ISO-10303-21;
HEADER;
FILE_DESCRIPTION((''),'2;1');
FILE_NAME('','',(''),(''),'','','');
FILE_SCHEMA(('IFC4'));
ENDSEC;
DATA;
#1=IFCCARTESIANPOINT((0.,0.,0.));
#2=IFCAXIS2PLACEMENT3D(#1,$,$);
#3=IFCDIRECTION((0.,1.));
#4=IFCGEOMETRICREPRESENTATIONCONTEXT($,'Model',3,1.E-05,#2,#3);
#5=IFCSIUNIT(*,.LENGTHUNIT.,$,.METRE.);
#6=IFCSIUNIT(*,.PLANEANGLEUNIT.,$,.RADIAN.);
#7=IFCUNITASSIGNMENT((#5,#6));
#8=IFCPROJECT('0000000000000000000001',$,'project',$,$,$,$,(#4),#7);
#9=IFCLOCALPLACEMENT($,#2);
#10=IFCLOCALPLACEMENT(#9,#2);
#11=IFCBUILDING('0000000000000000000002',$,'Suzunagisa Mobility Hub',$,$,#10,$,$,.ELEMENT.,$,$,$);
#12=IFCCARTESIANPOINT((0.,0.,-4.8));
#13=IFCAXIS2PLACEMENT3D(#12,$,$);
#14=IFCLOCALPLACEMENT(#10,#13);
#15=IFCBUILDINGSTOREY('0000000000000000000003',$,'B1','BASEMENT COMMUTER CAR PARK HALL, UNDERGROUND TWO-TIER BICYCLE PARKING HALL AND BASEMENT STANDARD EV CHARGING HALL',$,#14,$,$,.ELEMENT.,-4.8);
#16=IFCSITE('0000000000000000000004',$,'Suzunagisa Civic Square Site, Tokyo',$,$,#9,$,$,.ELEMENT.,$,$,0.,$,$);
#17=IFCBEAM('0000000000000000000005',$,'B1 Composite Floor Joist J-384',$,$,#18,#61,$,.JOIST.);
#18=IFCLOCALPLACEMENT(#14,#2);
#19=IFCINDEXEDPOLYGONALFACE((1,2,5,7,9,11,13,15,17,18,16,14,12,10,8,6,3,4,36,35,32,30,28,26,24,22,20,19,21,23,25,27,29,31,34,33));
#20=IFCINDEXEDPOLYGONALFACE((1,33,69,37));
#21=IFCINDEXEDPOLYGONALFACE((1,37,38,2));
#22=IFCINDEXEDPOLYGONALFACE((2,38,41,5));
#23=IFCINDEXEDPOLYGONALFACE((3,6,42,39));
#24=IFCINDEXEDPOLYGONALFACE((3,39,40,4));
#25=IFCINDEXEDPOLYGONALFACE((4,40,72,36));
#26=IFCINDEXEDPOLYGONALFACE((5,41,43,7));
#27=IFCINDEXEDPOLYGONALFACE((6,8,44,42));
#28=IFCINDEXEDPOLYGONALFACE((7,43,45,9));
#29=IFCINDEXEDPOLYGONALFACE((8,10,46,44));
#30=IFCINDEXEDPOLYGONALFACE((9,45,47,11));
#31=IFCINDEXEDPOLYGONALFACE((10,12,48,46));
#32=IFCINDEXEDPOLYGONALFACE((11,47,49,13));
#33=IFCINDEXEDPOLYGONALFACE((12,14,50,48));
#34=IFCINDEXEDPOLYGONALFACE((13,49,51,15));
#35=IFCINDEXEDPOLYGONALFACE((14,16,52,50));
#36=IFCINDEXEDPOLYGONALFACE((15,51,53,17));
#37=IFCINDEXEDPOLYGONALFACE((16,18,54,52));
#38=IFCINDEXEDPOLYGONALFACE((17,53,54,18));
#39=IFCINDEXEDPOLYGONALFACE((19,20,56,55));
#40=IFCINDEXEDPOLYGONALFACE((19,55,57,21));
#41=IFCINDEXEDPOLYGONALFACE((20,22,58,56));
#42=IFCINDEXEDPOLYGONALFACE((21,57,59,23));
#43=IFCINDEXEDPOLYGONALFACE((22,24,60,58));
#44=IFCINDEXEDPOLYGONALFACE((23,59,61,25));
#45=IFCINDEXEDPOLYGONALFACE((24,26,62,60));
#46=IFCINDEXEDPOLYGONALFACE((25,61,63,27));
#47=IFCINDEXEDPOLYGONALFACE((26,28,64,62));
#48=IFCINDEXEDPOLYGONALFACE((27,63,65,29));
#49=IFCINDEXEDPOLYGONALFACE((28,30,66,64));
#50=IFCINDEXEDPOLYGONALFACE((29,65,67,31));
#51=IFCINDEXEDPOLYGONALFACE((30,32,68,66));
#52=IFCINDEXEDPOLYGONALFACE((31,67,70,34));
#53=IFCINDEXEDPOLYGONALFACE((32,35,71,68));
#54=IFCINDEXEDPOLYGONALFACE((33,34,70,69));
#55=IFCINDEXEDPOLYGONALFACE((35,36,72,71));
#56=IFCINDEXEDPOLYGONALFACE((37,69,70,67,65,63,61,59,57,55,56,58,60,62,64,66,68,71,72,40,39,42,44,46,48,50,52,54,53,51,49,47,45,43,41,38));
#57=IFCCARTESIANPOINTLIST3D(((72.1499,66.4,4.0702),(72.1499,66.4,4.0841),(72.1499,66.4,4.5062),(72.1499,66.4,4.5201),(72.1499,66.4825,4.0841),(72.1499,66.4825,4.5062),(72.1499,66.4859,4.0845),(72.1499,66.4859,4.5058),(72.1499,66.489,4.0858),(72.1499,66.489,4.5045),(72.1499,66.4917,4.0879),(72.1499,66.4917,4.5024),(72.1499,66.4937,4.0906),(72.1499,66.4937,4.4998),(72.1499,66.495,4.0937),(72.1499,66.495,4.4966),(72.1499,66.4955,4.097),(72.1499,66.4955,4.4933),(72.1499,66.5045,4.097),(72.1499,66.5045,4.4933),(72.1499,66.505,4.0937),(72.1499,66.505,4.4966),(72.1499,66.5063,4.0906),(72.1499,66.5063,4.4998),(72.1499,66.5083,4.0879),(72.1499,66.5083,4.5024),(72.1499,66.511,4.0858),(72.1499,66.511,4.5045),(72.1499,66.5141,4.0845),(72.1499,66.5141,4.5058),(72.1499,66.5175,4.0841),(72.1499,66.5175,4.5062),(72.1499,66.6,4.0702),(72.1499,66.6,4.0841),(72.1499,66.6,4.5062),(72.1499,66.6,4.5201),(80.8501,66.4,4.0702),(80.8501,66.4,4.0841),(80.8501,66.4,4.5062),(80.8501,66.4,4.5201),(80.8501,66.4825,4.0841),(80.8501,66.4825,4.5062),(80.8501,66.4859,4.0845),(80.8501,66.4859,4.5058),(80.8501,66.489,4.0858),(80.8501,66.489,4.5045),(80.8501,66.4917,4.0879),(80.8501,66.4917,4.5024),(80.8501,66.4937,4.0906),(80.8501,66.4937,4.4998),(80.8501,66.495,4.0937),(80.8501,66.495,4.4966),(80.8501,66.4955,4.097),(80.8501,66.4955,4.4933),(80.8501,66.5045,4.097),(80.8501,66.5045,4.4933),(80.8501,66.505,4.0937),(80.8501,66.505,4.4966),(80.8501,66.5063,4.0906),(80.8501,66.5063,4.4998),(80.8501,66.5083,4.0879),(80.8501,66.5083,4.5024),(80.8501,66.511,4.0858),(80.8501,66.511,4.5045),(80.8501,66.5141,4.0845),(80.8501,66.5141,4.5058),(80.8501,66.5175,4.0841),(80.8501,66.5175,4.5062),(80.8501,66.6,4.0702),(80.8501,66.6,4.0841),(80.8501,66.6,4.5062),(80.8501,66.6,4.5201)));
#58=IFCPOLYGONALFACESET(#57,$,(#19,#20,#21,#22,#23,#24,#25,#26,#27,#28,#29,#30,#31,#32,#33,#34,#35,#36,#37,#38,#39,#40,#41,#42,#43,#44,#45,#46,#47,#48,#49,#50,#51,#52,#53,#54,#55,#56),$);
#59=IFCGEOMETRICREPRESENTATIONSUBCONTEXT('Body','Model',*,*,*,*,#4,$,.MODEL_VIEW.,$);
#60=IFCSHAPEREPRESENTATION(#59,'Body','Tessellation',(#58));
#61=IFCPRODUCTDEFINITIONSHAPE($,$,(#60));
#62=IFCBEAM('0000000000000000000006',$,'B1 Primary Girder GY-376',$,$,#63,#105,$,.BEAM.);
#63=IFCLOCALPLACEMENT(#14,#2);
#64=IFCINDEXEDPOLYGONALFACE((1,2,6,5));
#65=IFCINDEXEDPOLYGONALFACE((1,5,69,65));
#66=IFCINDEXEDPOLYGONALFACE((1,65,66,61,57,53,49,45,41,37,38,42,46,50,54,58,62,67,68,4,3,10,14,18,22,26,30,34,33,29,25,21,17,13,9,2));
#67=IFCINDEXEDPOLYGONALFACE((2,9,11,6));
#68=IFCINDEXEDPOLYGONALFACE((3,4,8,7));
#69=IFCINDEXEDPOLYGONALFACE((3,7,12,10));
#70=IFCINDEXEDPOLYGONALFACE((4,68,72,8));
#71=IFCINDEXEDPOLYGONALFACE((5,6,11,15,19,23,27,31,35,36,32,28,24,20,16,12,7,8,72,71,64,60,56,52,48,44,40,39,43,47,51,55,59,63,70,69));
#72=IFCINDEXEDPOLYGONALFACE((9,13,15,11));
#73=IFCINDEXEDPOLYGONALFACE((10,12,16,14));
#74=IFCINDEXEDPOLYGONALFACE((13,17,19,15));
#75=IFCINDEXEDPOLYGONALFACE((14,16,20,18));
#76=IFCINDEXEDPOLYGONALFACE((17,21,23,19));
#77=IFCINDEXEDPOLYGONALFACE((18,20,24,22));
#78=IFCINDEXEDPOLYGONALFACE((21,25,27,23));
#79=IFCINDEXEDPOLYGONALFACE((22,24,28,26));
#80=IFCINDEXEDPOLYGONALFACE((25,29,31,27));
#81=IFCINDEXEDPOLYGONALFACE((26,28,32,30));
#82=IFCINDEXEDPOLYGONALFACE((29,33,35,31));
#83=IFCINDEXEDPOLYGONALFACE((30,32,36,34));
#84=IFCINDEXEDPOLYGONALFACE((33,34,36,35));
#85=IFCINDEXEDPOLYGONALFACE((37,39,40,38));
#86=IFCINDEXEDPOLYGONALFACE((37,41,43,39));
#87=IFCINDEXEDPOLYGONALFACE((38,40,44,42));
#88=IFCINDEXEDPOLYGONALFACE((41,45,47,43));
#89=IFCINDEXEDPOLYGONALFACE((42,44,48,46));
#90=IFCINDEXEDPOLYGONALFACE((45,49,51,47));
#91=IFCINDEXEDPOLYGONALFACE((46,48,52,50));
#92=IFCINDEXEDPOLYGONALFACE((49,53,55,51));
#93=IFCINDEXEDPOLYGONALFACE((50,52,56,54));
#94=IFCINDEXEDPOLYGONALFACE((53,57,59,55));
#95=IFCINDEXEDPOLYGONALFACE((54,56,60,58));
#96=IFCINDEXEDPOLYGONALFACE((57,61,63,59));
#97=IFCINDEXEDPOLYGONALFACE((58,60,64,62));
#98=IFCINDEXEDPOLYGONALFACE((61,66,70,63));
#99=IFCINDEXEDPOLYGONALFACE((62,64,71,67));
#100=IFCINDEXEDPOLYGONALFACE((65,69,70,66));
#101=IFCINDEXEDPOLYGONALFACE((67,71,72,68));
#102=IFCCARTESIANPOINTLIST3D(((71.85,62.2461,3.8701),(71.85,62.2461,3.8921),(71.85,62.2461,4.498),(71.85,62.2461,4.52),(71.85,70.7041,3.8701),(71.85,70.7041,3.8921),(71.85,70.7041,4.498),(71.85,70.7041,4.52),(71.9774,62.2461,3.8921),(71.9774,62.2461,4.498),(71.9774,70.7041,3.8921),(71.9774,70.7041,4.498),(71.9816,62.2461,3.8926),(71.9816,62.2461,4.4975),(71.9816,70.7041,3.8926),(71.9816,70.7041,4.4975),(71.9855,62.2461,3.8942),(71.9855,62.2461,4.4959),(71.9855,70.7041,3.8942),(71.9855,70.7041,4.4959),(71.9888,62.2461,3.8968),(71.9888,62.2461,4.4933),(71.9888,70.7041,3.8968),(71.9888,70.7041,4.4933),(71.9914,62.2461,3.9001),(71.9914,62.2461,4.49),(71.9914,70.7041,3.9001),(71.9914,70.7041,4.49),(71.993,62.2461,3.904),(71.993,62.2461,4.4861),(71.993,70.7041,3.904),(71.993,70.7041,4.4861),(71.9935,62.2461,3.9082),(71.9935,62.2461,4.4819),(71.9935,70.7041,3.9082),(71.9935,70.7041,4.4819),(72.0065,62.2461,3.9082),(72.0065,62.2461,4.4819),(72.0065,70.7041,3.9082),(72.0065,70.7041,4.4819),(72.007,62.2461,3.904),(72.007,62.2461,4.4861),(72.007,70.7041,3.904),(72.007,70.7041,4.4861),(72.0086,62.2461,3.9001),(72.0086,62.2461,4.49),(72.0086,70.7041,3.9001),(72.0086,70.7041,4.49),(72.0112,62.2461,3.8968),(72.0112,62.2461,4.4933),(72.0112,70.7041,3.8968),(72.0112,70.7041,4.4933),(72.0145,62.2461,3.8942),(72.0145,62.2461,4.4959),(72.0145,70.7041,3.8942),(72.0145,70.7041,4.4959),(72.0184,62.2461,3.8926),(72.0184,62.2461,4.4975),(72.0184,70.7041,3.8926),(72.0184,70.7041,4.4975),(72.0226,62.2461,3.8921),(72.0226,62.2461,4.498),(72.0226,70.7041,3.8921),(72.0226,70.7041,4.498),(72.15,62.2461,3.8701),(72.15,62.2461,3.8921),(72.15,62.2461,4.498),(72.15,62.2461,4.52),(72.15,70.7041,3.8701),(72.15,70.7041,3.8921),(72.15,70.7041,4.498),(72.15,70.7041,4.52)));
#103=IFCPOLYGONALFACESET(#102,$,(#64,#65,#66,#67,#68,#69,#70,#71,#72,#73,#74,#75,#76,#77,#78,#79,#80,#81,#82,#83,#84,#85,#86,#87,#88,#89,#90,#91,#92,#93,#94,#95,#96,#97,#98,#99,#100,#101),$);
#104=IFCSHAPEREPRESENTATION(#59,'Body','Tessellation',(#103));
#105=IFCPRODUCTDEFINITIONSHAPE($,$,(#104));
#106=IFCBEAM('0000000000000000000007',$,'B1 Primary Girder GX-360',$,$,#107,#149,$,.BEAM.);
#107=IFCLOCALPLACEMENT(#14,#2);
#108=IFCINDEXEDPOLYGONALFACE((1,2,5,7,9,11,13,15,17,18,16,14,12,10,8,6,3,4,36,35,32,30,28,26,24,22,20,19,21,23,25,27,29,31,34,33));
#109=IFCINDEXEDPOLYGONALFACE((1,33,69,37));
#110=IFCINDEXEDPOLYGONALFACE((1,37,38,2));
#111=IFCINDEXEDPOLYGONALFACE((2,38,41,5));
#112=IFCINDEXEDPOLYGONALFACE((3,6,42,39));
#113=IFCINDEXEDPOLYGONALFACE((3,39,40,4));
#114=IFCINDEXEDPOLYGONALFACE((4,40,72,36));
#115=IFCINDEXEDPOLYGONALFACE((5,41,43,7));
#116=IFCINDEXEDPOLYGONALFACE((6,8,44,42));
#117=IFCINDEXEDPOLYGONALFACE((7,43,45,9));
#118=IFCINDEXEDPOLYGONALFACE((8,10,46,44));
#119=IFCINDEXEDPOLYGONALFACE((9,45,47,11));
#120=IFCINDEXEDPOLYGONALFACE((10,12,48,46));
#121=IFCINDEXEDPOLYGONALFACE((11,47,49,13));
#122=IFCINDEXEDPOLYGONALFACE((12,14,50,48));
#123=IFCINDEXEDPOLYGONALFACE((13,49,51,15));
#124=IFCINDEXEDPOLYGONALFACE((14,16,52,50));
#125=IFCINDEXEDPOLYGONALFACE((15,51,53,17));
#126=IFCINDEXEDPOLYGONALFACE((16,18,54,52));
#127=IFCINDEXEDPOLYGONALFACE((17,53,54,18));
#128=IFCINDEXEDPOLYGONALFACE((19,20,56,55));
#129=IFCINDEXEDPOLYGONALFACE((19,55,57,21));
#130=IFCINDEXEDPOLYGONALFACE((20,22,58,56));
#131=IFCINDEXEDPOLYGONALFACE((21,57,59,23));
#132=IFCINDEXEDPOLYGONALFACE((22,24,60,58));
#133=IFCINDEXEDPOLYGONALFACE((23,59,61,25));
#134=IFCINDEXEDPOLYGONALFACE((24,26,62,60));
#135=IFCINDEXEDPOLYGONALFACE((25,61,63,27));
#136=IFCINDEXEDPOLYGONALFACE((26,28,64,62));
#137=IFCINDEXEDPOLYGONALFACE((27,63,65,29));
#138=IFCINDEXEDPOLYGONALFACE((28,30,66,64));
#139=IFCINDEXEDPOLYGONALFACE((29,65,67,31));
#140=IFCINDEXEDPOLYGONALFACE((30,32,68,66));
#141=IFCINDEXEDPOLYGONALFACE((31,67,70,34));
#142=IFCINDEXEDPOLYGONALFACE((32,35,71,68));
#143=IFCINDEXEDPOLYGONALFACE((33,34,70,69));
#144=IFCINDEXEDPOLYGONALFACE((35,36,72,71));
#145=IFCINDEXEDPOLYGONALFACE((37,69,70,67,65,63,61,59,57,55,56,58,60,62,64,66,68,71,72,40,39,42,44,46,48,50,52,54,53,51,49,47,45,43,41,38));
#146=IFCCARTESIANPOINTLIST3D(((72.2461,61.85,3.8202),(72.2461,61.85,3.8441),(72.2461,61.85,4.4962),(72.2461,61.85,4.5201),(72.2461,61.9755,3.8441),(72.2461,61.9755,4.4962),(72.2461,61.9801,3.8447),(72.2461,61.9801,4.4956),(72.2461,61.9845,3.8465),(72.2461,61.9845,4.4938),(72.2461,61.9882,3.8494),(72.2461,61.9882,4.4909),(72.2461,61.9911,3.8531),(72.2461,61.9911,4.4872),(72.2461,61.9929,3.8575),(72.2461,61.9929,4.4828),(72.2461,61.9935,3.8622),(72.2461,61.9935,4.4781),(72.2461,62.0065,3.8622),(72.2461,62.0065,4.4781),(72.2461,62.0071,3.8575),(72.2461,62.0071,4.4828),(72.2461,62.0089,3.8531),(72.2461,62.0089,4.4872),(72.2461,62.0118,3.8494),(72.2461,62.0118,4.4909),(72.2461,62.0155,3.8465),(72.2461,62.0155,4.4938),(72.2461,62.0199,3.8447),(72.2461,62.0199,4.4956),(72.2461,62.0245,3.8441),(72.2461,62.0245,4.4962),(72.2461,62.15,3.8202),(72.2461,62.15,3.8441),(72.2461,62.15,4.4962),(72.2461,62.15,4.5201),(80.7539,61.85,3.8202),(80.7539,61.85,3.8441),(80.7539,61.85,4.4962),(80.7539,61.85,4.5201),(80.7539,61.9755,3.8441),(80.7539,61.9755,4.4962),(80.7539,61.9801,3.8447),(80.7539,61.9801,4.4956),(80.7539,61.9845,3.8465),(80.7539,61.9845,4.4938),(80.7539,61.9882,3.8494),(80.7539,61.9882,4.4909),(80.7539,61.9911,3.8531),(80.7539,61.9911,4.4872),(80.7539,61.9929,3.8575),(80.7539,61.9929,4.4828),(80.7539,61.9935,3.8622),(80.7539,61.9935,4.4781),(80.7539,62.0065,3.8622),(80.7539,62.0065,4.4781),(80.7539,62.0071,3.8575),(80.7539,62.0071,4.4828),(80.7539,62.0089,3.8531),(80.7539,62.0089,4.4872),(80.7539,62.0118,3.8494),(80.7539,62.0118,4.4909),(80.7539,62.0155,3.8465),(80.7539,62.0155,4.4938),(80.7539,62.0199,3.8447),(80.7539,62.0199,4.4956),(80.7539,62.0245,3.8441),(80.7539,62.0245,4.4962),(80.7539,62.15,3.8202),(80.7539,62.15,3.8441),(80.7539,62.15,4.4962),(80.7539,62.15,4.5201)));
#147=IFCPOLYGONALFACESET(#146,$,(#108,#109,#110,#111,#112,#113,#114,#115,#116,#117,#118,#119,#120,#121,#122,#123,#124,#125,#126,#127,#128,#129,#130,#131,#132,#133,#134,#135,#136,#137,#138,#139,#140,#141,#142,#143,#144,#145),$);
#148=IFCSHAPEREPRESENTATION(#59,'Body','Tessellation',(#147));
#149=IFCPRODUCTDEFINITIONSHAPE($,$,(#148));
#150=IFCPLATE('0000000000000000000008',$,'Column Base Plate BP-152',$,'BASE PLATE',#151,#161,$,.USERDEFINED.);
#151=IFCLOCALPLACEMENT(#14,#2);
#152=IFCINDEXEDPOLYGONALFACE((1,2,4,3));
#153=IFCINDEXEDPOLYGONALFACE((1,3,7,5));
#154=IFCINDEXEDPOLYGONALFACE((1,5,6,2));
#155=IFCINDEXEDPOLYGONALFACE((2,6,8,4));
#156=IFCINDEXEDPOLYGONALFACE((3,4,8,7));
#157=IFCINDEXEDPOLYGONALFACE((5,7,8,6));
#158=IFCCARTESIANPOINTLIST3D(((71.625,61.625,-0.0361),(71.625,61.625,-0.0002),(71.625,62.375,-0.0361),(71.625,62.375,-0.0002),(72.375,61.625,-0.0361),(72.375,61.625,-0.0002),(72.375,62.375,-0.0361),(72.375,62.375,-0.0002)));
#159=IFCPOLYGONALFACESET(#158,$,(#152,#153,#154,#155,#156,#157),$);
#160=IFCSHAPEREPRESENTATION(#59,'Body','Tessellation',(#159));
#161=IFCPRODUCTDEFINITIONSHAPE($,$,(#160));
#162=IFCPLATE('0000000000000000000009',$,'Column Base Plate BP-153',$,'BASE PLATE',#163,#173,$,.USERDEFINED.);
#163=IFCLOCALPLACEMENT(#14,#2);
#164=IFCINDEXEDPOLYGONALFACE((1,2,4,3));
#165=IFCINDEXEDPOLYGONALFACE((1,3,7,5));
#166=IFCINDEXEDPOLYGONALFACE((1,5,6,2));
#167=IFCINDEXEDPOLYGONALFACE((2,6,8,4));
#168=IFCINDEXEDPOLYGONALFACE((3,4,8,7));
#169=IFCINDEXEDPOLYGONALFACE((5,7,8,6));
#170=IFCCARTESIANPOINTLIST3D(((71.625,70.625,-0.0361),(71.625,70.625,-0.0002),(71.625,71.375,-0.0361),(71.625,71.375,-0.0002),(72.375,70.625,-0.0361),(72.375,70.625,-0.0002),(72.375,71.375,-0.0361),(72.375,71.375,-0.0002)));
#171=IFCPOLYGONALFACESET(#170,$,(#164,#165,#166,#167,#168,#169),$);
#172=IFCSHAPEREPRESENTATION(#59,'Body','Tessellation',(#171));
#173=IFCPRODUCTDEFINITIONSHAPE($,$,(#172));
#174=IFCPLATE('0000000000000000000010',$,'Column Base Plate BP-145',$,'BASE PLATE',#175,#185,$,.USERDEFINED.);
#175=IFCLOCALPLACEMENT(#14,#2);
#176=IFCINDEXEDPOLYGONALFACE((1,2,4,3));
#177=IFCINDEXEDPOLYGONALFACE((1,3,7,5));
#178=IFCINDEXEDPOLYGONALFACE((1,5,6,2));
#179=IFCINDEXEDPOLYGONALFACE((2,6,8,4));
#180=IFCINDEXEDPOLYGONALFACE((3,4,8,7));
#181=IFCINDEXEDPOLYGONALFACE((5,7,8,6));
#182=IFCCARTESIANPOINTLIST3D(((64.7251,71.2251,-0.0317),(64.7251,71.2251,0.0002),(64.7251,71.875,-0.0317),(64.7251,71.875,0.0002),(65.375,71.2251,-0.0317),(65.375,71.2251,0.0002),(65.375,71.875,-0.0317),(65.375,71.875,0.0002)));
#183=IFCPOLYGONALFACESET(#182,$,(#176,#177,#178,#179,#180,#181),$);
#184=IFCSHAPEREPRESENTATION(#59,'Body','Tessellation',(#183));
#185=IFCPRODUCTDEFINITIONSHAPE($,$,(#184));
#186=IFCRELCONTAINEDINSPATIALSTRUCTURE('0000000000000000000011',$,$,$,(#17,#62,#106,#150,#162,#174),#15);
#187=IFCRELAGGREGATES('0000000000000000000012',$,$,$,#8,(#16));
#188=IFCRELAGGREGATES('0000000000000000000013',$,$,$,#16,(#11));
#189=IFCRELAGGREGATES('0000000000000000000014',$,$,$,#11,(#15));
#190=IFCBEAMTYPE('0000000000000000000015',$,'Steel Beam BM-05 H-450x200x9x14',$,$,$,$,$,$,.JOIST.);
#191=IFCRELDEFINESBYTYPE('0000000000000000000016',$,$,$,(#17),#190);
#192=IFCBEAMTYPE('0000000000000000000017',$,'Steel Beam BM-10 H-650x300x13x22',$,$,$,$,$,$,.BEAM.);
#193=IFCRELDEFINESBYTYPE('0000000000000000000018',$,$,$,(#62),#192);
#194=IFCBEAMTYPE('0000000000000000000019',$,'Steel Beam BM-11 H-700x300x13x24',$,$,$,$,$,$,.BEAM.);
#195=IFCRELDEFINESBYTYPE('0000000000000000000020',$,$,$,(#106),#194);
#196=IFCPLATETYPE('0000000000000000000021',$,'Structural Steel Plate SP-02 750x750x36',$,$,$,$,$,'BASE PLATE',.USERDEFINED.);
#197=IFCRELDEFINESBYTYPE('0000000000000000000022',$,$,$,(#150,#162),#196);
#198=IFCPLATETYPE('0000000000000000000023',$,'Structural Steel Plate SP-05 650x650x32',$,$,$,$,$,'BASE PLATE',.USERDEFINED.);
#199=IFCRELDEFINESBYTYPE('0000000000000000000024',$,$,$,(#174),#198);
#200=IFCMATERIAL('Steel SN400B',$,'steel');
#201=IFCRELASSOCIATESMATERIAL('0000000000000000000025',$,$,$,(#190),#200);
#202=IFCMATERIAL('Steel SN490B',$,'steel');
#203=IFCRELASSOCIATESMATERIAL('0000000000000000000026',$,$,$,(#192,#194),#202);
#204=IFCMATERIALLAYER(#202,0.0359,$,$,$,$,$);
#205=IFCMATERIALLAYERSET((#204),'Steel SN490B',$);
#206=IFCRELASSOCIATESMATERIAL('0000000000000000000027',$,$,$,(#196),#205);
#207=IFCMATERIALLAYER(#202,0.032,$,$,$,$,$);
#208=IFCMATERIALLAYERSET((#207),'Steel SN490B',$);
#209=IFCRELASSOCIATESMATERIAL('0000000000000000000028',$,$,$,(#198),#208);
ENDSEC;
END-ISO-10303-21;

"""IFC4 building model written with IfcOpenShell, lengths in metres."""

from ifc_helpers import new_model, si_unit, direction, frame, origin, origin_2d, place, context, subcontext, project, spatial, rectangle, i_section, extrude, material, layer, layer_set, material_profile, profile_set, type_object, element, save


model = new_model("IFC4")

# Units and contexts
model_context = context("Model", 3, precision=1e-05, world=origin(), true_north=direction((0.0, 1.0)))
body_context = subcontext(model_context, "Body", "Model", "MODEL_VIEW")
ifc_project = project(units=[si_unit("LENGTHUNIT", "METRE"), si_unit("PLANEANGLEUNIT", "RADIAN")], contexts=[model_context])

# Site, building, storey
site_placement = place(None, origin())
site = spatial("IfcSite", under=ifc_project, at=site_placement, Name="Suzunagisa Civic Square Site, Tokyo", CompositionType="ELEMENT", RefElevation=0.0)
building_placement = place(site_placement, origin())
building = spatial("IfcBuilding", under=site, at=building_placement, Name="Suzunagisa Mobility Hub", CompositionType="ELEMENT")
storey_placement = place(building_placement, frame((0.0, 0.0, -4.8)))
storey = spatial("IfcBuildingStorey", under=building, at=storey_placement, Name="B1", Description="BASEMENT COMMUTER CAR PARK HALL, UNDERGROUND TWO-TIER BICYCLE PARKING HALL AND BASEMENT STANDARD EV CHARGING HALL", CompositionType="ELEMENT", Elevation=-4.8)

# Shared definitions
ifc_material_1 = material(Name="Steel SN490B", Category="steel")

# Beams
ifc_material_2 = material(Name="Steel SN400B", Category="steel")
ifc_material_profile_1 = material_profile(ifc_material_2, i_section(OverallWidth=0.2, OverallDepth=0.45, WebThickness=0.009, FlangeThickness=0.0139, FilletRadius=0.0129, at=origin_2d()), Name="H-450x200x9x14")
ifc_profile_set_1 = profile_set([ifc_material_profile_1], Name="Steel SN400B")
beam_type_1 = type_object("IfcBeamType", Name="Steel Beam BM-05 H-450x200x9x14", PredefinedType="JOIST", material=ifc_profile_set_1)
beam_1_placement = place(storey_placement, frame((72.1499, 66.5, 4.2952), z_axis=(1.0, 0.0, 0.0), x_axis=(0.0, 1.0, 0.0)))
element("IfcBeam", 1, at=beam_1_placement, inside=storey, type_object=beam_type_1, Name="B1 Composite Floor Joist J-384", PredefinedType="JOIST", context=body_context, shape_type="SweptSolid", body=[
    extrude(i_section(OverallWidth=0.2, OverallDepth=0.45, WebThickness=0.009, FlangeThickness=0.0139, FilletRadius=0.0129, at=origin_2d()), origin(), (0.0, 0.0, 1.0), 8.7002),
])
ifc_material_profile_2 = material_profile(ifc_material_1, i_section(OverallWidth=0.3, OverallDepth=0.6499, WebThickness=0.0129, FlangeThickness=0.022, FilletRadius=0.0161, at=origin_2d()), Name="H-650x300x13x22")
ifc_profile_set_2 = profile_set([ifc_material_profile_2], Name="Steel SN490B")
beam_type_2 = type_object("IfcBeamType", Name="Steel Beam BM-10 H-650x300x13x22", PredefinedType="BEAM", material=ifc_profile_set_2)
beam_2_placement = place(storey_placement, frame((72.0, 62.2461, 4.1951), z_axis=(0.0, 1.0, 0.0), x_axis=(-1.0, 0.0, 0.0)))
element("IfcBeam", 2, at=beam_2_placement, inside=storey, type_object=beam_type_2, Name="B1 Primary Girder GY-376", PredefinedType="BEAM", context=body_context, shape_type="SweptSolid", body=[
    extrude(i_section(OverallWidth=0.3, OverallDepth=0.6499, WebThickness=0.0129, FlangeThickness=0.022, FilletRadius=0.0161, at=origin_2d()), origin(), (0.0, 0.0, 1.0), 8.458),
])
ifc_material_profile_3 = material_profile(ifc_material_1, i_section(OverallWidth=0.3, OverallDepth=0.7, WebThickness=0.0129, FlangeThickness=0.0239, FilletRadius=0.0181, at=origin_2d()), Name="H-700x300x13x24")
ifc_profile_set_3 = profile_set([ifc_material_profile_3], Name="Steel SN490B")
beam_type_3 = type_object("IfcBeamType", Name="Steel Beam BM-11 H-700x300x13x24", PredefinedType="BEAM", material=ifc_profile_set_3)
beam_3_placement = place(storey_placement, frame((72.2461, 62.0, 4.1702), z_axis=(1.0, 0.0, 0.0), x_axis=(0.0, 1.0, 0.0)))
element("IfcBeam", 3, at=beam_3_placement, inside=storey, type_object=beam_type_3, Name="B1 Primary Girder GX-360", PredefinedType="BEAM", context=body_context, shape_type="SweptSolid", body=[
    extrude(i_section(OverallWidth=0.3, OverallDepth=0.7, WebThickness=0.0129, FlangeThickness=0.0239, FilletRadius=0.0181, at=origin_2d()), origin(), (0.0, 0.0, 1.0), 8.5078),
])

# Plates
ifc_layer_1 = layer(ifc_material_1, 0.0359)
ifc_layer_set_1 = layer_set([ifc_layer_1], Name="Steel SN490B")
plate_type_1 = type_object("IfcPlateType", Name="Structural Steel Plate SP-02 750x750x36", ElementType="BASE PLATE", PredefinedType="USERDEFINED", material=ifc_layer_set_1)
for number, where, z_axis, x_axis, name in (
    (4, (72.0, 62.0, -0.0361), (0.0, 0.0, 1.0), (1.0, 0.0, 0.0), "Column Base Plate BP-152"),
    (5, (72.0, 71.0, -0.0361), (0.0, 0.0, 1.0), (1.0, 0.0, 0.0), "Column Base Plate BP-153"),
):
    element("IfcPlate", number, at=place(storey_placement, frame(where, z_axis=z_axis, x_axis=x_axis)), inside=storey, type_object=plate_type_1, Name=name, ObjectType="BASE PLATE", PredefinedType="USERDEFINED", context=body_context, shape_type="SweptSolid", body=[
        extrude(rectangle(XDim=0.75, YDim=0.75, at=origin_2d()), origin(), (0.0, 0.0, 1.0), 0.0359),
    ])
ifc_layer_2 = layer(ifc_material_1, 0.032)
ifc_layer_set_2 = layer_set([ifc_layer_2], Name="Steel SN490B")
plate_type_2 = type_object("IfcPlateType", Name="Structural Steel Plate SP-05 650x650x32", ElementType="BASE PLATE", PredefinedType="USERDEFINED", material=ifc_layer_set_2)
for number, where, z_axis, x_axis, name in (
    (6, (65.05, 71.55, -0.0317), (0.0, 0.0, 1.0), (1.0, 0.0, 0.0), "Column Base Plate BP-145"),
):
    element("IfcPlate", number, at=place(storey_placement, frame(where, z_axis=z_axis, x_axis=x_axis)), inside=storey, type_object=plate_type_2, Name=name, ObjectType="BASE PLATE", PredefinedType="USERDEFINED", context=body_context, shape_type="SweptSolid", body=[
        extrude(rectangle(XDim=0.6499, YDim=0.6499, at=origin_2d()), origin(), (0.0, 0.0, 1.0), 0.032),
    ])

save(model, "model.ifc")
